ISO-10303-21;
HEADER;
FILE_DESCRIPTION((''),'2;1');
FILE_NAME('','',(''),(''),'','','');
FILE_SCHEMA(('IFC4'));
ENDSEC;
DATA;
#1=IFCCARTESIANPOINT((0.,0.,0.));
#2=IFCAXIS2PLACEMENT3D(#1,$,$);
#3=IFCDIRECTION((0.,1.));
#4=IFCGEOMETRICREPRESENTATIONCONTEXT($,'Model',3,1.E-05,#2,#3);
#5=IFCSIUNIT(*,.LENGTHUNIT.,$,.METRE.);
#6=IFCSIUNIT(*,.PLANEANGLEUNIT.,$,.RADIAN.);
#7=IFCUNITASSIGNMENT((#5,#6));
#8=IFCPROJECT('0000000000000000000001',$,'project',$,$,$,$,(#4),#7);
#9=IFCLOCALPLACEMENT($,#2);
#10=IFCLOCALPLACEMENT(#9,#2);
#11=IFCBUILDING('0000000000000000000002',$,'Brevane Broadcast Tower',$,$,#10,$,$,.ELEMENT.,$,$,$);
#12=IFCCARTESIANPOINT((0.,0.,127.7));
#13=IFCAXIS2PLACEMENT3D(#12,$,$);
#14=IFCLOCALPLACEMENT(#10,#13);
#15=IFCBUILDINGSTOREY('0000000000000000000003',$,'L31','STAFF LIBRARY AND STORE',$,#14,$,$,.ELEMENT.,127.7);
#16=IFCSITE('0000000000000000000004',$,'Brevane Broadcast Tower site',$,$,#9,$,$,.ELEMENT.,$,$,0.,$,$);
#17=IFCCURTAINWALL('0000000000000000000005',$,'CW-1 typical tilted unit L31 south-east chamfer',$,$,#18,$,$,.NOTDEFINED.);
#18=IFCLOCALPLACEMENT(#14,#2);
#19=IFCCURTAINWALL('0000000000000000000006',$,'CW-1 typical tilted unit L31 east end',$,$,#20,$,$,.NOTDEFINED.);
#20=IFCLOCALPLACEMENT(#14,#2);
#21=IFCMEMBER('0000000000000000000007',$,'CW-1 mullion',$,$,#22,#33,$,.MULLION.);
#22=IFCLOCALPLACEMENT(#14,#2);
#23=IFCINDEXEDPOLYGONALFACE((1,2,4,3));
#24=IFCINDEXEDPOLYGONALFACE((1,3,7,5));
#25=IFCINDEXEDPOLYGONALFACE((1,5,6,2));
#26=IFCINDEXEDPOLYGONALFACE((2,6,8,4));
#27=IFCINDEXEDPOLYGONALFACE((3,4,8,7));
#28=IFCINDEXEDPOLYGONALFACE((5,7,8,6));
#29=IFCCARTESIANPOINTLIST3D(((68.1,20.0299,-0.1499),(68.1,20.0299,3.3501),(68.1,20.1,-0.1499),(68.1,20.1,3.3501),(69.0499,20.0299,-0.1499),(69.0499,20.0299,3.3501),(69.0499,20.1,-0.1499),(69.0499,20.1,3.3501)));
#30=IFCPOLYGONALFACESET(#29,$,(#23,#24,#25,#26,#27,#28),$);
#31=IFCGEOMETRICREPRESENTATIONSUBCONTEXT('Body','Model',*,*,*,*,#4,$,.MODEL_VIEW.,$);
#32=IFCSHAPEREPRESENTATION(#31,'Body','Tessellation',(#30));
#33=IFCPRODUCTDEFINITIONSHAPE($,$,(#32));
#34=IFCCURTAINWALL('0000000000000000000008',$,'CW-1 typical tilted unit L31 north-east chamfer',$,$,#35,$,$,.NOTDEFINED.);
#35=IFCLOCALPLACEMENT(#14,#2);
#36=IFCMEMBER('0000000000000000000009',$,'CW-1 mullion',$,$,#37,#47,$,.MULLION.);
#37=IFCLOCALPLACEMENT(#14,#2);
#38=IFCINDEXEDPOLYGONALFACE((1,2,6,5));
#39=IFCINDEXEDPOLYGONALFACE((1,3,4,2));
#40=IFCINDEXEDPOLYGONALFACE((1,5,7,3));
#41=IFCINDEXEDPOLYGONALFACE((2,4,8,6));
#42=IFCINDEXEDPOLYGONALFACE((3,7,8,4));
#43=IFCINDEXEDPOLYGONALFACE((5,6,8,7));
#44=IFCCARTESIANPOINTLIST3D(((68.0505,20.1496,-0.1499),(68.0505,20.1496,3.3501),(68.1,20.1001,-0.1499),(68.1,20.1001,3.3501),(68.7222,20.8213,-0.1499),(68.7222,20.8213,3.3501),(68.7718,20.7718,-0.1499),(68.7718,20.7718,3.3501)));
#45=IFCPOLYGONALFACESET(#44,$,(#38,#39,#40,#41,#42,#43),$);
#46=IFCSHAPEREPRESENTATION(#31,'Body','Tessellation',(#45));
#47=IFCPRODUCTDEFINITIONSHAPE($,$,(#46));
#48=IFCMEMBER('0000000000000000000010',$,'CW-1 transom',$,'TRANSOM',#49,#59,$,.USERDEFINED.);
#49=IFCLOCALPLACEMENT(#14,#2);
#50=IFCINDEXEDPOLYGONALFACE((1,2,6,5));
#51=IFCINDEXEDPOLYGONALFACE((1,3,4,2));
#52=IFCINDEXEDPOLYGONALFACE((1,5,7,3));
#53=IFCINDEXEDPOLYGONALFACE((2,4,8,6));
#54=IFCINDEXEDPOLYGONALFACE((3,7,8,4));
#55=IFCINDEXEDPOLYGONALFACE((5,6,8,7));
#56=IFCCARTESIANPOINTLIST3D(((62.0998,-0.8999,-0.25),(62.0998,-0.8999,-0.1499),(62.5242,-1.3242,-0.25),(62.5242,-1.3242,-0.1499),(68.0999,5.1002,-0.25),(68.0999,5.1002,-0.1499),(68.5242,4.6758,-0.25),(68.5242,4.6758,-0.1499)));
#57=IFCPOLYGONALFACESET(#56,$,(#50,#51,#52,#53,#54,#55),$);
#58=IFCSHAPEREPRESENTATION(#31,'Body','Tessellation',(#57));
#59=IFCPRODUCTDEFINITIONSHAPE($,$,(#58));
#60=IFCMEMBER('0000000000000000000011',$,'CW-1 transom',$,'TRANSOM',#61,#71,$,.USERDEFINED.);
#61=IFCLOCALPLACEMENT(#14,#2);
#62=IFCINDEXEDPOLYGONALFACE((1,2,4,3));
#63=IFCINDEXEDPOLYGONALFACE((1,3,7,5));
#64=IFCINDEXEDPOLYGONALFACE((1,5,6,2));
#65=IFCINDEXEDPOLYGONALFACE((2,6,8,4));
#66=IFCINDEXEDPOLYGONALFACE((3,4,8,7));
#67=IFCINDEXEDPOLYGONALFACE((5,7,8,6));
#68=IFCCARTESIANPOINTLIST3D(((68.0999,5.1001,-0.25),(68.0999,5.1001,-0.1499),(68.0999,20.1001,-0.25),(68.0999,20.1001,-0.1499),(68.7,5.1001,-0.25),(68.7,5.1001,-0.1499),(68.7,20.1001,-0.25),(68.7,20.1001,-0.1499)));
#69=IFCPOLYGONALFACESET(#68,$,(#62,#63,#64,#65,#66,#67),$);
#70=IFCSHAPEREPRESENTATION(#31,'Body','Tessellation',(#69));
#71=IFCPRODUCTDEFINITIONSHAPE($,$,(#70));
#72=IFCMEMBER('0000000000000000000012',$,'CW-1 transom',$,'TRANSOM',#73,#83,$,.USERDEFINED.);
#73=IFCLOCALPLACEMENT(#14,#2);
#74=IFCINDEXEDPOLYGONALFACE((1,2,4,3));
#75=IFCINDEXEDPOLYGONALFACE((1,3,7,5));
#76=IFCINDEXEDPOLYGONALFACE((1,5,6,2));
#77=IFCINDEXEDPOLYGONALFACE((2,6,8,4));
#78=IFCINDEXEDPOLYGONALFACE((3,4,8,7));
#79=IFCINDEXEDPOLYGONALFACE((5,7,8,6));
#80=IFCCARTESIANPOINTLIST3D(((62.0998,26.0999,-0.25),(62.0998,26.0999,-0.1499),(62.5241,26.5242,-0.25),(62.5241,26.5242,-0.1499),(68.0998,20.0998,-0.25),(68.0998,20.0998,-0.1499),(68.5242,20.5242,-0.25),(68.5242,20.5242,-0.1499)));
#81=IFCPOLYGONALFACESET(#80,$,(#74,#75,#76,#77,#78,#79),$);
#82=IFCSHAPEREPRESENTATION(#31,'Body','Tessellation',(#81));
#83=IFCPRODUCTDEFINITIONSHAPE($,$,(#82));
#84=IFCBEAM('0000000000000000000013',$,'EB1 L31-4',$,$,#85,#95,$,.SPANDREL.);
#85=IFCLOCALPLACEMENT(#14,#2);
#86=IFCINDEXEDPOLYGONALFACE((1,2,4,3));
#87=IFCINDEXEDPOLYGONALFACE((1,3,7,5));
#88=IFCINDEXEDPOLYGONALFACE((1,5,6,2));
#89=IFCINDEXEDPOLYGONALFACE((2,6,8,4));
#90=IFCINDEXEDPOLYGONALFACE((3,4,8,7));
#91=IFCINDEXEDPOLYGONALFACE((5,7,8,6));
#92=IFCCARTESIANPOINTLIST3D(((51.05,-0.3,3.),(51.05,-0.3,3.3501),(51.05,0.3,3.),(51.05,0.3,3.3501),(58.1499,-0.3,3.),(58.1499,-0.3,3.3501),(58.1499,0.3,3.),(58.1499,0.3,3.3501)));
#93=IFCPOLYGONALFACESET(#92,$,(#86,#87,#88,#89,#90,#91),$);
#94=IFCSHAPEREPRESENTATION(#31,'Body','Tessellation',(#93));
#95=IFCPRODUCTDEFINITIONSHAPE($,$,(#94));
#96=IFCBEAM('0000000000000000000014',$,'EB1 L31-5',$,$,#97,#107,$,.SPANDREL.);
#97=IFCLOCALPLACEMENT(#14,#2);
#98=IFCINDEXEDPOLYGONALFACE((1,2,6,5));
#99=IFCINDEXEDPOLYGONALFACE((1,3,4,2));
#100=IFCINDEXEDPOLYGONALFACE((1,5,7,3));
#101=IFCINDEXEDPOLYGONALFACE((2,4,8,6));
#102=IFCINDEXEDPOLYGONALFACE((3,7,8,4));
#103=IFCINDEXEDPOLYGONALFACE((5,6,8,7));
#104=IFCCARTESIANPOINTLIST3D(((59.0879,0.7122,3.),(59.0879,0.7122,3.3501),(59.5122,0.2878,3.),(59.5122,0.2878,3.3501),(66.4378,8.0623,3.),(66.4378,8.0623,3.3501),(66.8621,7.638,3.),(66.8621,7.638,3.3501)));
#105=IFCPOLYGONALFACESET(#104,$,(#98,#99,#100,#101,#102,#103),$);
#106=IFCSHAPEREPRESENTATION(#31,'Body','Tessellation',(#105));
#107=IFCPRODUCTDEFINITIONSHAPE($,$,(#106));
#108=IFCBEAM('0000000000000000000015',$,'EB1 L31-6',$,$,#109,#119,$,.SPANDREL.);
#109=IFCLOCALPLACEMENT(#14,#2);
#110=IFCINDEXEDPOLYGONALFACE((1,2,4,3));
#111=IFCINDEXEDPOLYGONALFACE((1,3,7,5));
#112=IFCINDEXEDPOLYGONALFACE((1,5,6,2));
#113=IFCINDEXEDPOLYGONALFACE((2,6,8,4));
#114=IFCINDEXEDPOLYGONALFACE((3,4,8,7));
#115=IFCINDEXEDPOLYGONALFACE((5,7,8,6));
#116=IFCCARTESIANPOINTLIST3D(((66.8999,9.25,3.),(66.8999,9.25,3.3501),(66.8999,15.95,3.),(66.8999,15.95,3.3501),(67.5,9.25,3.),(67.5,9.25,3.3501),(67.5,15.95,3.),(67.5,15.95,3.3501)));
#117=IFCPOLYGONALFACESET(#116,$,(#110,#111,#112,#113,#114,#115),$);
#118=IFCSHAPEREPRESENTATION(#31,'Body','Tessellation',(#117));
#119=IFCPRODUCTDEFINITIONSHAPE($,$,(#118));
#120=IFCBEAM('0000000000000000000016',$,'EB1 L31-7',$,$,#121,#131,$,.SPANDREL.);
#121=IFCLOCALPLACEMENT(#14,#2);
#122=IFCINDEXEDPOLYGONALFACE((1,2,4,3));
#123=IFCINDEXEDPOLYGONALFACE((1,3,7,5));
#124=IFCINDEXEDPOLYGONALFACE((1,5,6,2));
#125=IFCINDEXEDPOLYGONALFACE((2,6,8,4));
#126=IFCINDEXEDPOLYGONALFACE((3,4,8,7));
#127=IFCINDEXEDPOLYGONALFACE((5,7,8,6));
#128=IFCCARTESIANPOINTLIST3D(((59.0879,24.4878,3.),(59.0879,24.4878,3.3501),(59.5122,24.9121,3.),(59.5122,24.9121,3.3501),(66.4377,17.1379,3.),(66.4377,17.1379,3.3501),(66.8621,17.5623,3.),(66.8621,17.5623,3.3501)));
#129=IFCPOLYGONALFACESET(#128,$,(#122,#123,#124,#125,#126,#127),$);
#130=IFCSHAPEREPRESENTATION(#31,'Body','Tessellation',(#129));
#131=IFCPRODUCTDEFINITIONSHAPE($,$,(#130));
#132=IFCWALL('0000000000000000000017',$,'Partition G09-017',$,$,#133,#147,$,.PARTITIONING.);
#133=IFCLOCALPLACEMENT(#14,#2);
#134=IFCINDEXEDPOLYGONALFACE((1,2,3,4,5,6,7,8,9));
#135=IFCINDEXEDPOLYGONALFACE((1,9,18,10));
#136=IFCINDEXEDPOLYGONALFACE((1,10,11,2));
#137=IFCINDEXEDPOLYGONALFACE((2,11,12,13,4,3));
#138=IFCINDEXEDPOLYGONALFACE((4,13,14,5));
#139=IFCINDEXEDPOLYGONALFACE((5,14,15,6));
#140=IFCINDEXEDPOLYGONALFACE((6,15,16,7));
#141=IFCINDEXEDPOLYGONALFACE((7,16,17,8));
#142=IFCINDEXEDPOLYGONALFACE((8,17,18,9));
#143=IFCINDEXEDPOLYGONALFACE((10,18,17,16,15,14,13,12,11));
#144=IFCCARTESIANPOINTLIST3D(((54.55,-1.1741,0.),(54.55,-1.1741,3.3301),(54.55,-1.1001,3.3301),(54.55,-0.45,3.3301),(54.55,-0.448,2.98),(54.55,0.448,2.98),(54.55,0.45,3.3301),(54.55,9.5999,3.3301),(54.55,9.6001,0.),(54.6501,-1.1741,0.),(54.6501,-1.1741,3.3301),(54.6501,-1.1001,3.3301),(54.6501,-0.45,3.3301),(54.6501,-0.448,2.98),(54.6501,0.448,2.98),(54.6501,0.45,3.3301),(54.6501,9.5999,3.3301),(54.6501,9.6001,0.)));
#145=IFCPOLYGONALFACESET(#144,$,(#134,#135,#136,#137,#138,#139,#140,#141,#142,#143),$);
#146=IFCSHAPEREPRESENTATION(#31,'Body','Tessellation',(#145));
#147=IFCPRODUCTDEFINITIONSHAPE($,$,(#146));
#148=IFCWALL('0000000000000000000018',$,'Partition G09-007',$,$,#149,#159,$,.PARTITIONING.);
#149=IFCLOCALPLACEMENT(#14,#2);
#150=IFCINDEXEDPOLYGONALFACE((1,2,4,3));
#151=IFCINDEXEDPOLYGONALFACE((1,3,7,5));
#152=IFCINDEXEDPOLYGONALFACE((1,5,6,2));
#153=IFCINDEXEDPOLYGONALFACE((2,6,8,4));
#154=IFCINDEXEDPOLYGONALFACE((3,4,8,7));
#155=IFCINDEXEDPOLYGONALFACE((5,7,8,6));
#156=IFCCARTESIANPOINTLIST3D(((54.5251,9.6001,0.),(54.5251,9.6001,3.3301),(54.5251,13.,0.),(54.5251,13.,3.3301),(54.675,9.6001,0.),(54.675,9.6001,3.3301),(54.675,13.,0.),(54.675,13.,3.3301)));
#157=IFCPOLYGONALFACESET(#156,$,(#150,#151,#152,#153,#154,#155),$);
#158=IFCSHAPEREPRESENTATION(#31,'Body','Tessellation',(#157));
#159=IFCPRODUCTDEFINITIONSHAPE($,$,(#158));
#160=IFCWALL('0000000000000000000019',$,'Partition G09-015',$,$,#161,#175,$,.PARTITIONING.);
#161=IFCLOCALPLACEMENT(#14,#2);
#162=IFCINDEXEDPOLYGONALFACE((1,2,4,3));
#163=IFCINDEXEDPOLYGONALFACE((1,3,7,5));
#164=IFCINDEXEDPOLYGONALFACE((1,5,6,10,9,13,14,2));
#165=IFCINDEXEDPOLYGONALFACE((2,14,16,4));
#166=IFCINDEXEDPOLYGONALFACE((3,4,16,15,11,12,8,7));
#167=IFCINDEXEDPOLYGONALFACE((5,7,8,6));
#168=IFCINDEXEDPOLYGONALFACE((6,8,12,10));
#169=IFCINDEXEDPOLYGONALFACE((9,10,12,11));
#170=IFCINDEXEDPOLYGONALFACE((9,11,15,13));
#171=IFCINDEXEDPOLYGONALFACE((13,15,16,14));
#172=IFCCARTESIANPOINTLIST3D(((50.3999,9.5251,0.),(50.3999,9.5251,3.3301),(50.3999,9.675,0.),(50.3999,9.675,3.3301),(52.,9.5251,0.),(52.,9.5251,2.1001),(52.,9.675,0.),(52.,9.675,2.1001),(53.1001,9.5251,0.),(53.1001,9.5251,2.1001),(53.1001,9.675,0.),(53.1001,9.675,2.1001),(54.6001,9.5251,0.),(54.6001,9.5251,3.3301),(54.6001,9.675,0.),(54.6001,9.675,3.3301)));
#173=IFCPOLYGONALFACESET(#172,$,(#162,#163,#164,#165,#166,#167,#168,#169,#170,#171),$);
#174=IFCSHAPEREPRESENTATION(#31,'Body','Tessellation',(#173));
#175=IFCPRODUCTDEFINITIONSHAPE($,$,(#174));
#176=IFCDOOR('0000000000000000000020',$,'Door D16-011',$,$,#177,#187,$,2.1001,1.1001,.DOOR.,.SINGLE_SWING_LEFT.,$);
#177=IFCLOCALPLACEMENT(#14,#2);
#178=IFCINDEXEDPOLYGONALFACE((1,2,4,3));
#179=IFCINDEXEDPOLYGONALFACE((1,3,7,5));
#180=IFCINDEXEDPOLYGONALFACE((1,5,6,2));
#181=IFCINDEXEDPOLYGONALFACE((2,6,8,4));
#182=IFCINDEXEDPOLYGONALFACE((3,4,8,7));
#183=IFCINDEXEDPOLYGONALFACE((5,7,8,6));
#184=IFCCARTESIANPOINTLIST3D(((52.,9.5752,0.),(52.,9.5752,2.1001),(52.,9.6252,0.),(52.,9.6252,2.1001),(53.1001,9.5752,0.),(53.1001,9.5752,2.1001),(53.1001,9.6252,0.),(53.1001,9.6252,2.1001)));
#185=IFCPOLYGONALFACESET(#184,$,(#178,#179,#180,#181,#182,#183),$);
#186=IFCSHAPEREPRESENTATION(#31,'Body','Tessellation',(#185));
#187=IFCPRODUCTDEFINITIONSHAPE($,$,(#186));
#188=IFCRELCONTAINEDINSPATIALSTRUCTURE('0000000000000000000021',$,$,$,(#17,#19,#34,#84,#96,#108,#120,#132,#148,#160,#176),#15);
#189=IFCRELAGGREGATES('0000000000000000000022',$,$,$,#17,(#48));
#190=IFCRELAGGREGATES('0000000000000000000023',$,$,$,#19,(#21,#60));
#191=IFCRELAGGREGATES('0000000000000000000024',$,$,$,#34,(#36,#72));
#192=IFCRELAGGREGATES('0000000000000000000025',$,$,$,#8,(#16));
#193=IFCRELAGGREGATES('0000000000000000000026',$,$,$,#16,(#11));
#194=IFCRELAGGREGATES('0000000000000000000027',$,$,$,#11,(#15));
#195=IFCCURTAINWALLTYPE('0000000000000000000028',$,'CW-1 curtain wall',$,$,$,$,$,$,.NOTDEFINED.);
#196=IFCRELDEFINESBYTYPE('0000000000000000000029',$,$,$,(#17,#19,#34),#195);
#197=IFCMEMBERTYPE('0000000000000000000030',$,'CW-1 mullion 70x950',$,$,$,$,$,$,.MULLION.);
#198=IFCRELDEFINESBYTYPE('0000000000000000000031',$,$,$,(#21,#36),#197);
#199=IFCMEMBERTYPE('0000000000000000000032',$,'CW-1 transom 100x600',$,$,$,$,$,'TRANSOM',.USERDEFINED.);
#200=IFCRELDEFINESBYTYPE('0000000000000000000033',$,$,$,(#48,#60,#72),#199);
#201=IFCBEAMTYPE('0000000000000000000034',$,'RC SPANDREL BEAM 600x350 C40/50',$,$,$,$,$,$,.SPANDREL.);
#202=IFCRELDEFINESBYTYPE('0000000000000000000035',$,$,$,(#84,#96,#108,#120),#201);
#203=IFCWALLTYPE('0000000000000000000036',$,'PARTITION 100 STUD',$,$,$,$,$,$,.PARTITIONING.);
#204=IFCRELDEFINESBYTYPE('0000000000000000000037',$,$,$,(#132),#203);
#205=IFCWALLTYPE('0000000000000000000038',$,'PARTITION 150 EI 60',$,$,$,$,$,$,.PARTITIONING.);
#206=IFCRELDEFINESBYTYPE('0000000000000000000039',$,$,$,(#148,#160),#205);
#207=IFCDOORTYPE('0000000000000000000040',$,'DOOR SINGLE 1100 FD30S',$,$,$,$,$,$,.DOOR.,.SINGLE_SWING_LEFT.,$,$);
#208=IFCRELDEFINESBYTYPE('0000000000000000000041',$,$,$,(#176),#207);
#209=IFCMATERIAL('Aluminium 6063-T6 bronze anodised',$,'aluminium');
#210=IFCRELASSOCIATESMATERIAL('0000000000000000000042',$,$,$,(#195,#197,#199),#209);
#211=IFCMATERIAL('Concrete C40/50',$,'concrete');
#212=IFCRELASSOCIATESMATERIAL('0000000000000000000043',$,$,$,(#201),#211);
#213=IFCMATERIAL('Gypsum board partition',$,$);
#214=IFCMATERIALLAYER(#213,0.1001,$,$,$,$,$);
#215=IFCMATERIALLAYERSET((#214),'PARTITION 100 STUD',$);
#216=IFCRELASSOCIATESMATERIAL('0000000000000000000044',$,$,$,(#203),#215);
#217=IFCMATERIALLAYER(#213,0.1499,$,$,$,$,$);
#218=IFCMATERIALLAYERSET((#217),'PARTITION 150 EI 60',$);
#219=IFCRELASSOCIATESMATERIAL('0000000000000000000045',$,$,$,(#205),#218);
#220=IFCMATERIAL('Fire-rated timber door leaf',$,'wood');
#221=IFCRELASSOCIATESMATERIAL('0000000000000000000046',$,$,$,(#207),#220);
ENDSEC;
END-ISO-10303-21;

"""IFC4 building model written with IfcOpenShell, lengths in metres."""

from ifc_helpers import new_model, si_unit, direction, frame, frame_2d, origin, origin_2d, place, context, subcontext, project, spatial, polyline, rectangle, outline, extrude, material, layer, layer_set, material_profile, profile_set, type_object, element, fill, aggregate, save


model = new_model("IFC4")

# Units and contexts
model_context = context("Model", 3, precision=1e-05, world=origin(), true_north=direction((0.0, 1.0)))
body_context = subcontext(model_context, "Body", "Model", "MODEL_VIEW")
ifc_project = project(units=[si_unit("LENGTHUNIT", "METRE"), si_unit("PLANEANGLEUNIT", "RADIAN")], contexts=[model_context])

# Site, building, storey
site_placement = place(None, origin())
site = spatial("IfcSite", under=ifc_project, at=site_placement, Name="Brevane Broadcast Tower site", CompositionType="ELEMENT", RefElevation=0.0)
building_placement = place(site_placement, origin())
building = spatial("IfcBuilding", under=site, at=building_placement, Name="Brevane Broadcast Tower", CompositionType="ELEMENT")
storey_placement = place(building_placement, frame((0.0, 0.0, 127.7)))
storey = spatial("IfcBuildingStorey", under=building, at=storey_placement, Name="L31", Description="STAFF LIBRARY AND STORE", CompositionType="ELEMENT", Elevation=127.7)

# Curtain walls, member
ifc_material_1 = material(Name="Aluminium 6063-T6 bronze anodised", Category="aluminium")
curtain_wall_type = type_object("IfcCurtainWallType", Name="CW-1 curtain wall", PredefinedType="NOTDEFINED", material=ifc_material_1)
ifc_material_profile_1 = material_profile(ifc_material_1, rectangle(XDim=0.95, YDim=0.0701, at=origin_2d()), Name="RECT 70x950")
ifc_profile_set_1 = profile_set([ifc_material_profile_1], Name="Aluminium 6063-T6 bronze anodised")
member_type_1 = type_object("IfcMemberType", Name="CW-1 mullion 70x950", PredefinedType="MULLION", material=ifc_profile_set_1)
curtain_wall_1_placement = place(storey_placement, origin())
curtain_wall_1 = element("IfcCurtainWall", 1, at=curtain_wall_1_placement, inside=storey, type_object=curtain_wall_type, Name="CW-1 typical tilted unit L31 south-east chamfer", PredefinedType="NOTDEFINED")
curtain_wall_2_placement = place(storey_placement, origin())
curtain_wall_2 = element("IfcCurtainWall", 2, at=curtain_wall_2_placement, inside=storey, type_object=curtain_wall_type, Name="CW-1 typical tilted unit L31 east end", PredefinedType="NOTDEFINED")
member_1_placement = place(storey_placement, frame((68.575, 20.0649, -0.1499), z_axis=(0.0, 0.0, 1.0), x_axis=(-1.0, 0.0, 0.0)))
member_1 = element("IfcMember", 3, at=member_1_placement, type_object=member_type_1, Name="CW-1 mullion", PredefinedType="MULLION", context=body_context, shape_type="SweptSolid", body=[
    extrude(rectangle(XDim=0.95, YDim=0.0701, at=origin_2d()), origin(), (0.0, 0.0, 1.0), 3.5),
])

# Curtain wall, member
curtain_wall_3_placement = place(storey_placement, origin())
curtain_wall_3 = element("IfcCurtainWall", 4, at=curtain_wall_3_placement, inside=storey, type_object=curtain_wall_type, Name="CW-1 typical tilted unit L31 north-east chamfer", PredefinedType="NOTDEFINED")
member_2_placement = place(storey_placement, frame((68.4111, 20.4607, -0.1499), z_axis=(0.0, 0.0, 1.0), x_axis=(-0.707107, -0.707107, 0.0)))
member_2 = element("IfcMember", 5, at=member_2_placement, type_object=member_type_1, Name="CW-1 mullion", PredefinedType="MULLION", context=body_context, shape_type="SweptSolid", body=[
    extrude(rectangle(XDim=0.95, YDim=0.0701, at=origin_2d()), origin(), (0.0, 0.0, 1.0), 3.5),
])

# Members
ifc_material_profile_2 = material_profile(ifc_material_1, rectangle(XDim=0.6001, YDim=0.1001, at=origin_2d()), Name="RECT 100x600")
ifc_profile_set_2 = profile_set([ifc_material_profile_2], Name="Aluminium 6063-T6 bronze anodised")
member_type_2 = type_object("IfcMemberType", Name="CW-1 transom 100x600", ElementType="TRANSOM", PredefinedType="USERDEFINED", material=ifc_profile_set_2)
member_3_placement = place(storey_placement, frame((62.312, -1.1121, -0.2), z_axis=(0.707107, 0.707107, 0.0), x_axis=(-0.707107, 0.707107, 0.0)))
member_3 = element("IfcMember", 6, at=member_3_placement, type_object=member_type_2, Name="CW-1 transom", ObjectType="TRANSOM", PredefinedType="USERDEFINED", context=body_context, shape_type="SweptSolid", body=[
    extrude(rectangle(XDim=0.6001, YDim=0.1001, at=origin_2d()), origin(), (0.0, 0.0, 1.0), 8.4854),
])
aggregate(curtain_wall_1, [member_3])
member_4_placement = place(storey_placement, frame((68.3999, 5.1001, -0.2), z_axis=(0.0, 1.0, 0.0), x_axis=(-1.0, 0.0, 0.0)))
member_4 = element("IfcMember", 7, at=member_4_placement, type_object=member_type_2, Name="CW-1 transom", ObjectType="TRANSOM", PredefinedType="USERDEFINED", context=body_context, shape_type="SweptSolid", body=[
    extrude(rectangle(XDim=0.6001, YDim=0.1001, at=origin_2d()), origin(), (0.0, 0.0, 1.0), 15.0),
])
aggregate(curtain_wall_2, [member_1, member_4])
member_5_placement = place(storey_placement, frame((68.312, 20.312, -0.2), z_axis=(-0.707107, 0.707107, 0.0), x_axis=(-0.707107, -0.707107, 0.0)))
member_5 = element("IfcMember", 8, at=member_5_placement, type_object=member_type_2, Name="CW-1 transom", ObjectType="TRANSOM", PredefinedType="USERDEFINED", context=body_context, shape_type="SweptSolid", body=[
    extrude(rectangle(XDim=0.6001, YDim=0.1001, at=origin_2d()), origin(), (0.0, 0.0, 1.0), 8.4854),
])
aggregate(curtain_wall_3, [member_2, member_5])

# Beams
ifc_material_2 = material(Name="Concrete C40/50", Category="concrete")
ifc_material_profile_3 = material_profile(ifc_material_2, rectangle(XDim=0.6001, YDim=0.3501, at=origin_2d()), Name="RC 600x350")
ifc_profile_set_3 = profile_set([ifc_material_profile_3], Name="Concrete C40/50")
beam_type = type_object("IfcBeamType", Name="RC SPANDREL BEAM 600x350 C40/50", PredefinedType="SPANDREL", material=ifc_profile_set_3)
beam_1_placement = place(storey_placement, frame((51.05, 0.0, 3.175), z_axis=(1.0, 0.0, 0.0), x_axis=(0.0, 1.0, 0.0)))
element("IfcBeam", 9, at=beam_1_placement, inside=storey, type_object=beam_type, Name="EB1 L31-4", PredefinedType="SPANDREL", context=body_context, shape_type="SweptSolid", body=[
    extrude(rectangle(XDim=0.6001, YDim=0.3501, at=origin_2d()), origin(), (0.0, 0.0, 1.0), 7.0999),
])
beam_2_placement = place(storey_placement, frame((59.3, 0.5, 3.175), z_axis=(0.707095, 0.707119, 0.0), x_axis=(-0.707119, 0.707095, 0.0)))
element("IfcBeam", 10, at=beam_2_placement, inside=storey, type_object=beam_type, Name="EB1 L31-5", PredefinedType="SPANDREL", context=body_context, shape_type="SweptSolid", body=[
    extrude(rectangle(XDim=0.6001, YDim=0.3501, at=origin_2d()), origin(), (0.0, 0.0, 1.0), 10.3945),
])
beam_3_placement = place(storey_placement, frame((67.2, 9.25, 3.175), z_axis=(0.0, 1.0, 0.0), x_axis=(-1.0, 0.0, 0.0)))
element("IfcBeam", 11, at=beam_3_placement, inside=storey, type_object=beam_type, Name="EB1 L31-6", PredefinedType="SPANDREL", context=body_context, shape_type="SweptSolid", body=[
    extrude(rectangle(XDim=0.6001, YDim=0.3501, at=origin_2d()), origin(), (0.0, 0.0, 1.0), 6.7),
])
beam_4_placement = place(storey_placement, frame((66.6499, 17.3501, 3.175), z_axis=(-0.707107, 0.707107, 0.0), x_axis=(-0.707107, -0.707107, 0.0)))
element("IfcBeam", 12, at=beam_4_placement, inside=storey, type_object=beam_type, Name="EB1 L31-7", PredefinedType="SPANDREL", context=body_context, shape_type="SweptSolid", body=[
    extrude(rectangle(XDim=0.6001, YDim=0.3501, at=origin_2d()), origin(), (0.0, 0.0, 1.0), 10.3943),
])

# Walls
ifc_material_3 = material(Name="Gypsum board partition")
ifc_layer_1 = layer(ifc_material_3, 0.1001)
ifc_layer_set_1 = layer_set([ifc_layer_1], Name="PARTITION 100 STUD")
wall_type_1 = type_object("IfcWallType", Name="PARTITION 100 STUD", PredefinedType="PARTITIONING", material=ifc_layer_set_1)
wall_1_placement = place(storey_placement, frame((54.6001, -1.1741, 0.0), z_axis=(0.0, 0.0, 1.0), x_axis=(0.0, 1.0, 0.0)))
element("IfcWall", 13, at=wall_1_placement, inside=storey, type_object=wall_type_1, Name="Partition G09-017", PredefinedType="PARTITIONING", context=body_context, shape_type="SweptSolid", body=[
    extrude(outline(polyline([(0.0, 0.0), (10.7742, 0.0), (10.7739, 3.3301), (1.624, 3.3301), (1.6221, 2.98), (0.7261, 2.98), (0.7241, 3.3301), (0.074, 3.3301), (0.0, 3.3301), (0.0, 0.0)])), frame((0.0, 0.05, 0.0), z_axis=(0.0, -1.0, 0.0), x_axis=(1.0, 0.0, 0.0)), (0.0, 0.0, 1.0), 0.1001),
])
ifc_layer_2 = layer(ifc_material_3, 0.1499)
ifc_layer_set_2 = layer_set([ifc_layer_2], Name="PARTITION 150 EI 60")
wall_type_2 = type_object("IfcWallType", Name="PARTITION 150 EI 60", PredefinedType="PARTITIONING", material=ifc_layer_set_2)
wall_2_placement = place(storey_placement, frame((54.6001, 13.0, 0.0), z_axis=(0.0, 0.0, 1.0), x_axis=(0.0, -1.0, 0.0)))
element("IfcWall", 14, at=wall_2_placement, inside=storey, type_object=wall_type_2, Name="Partition G09-007", PredefinedType="PARTITIONING", context=body_context, shape_type="SweptSolid", body=[
    extrude(rectangle(XDim=3.3999, YDim=0.1499, at=frame_2d((1.7, 0.0))), origin(), (0.0, 0.0, 1.0), 3.3301),
])

# Wall, opening, door
wall_3_placement = place(storey_placement, frame((54.6001, 9.6001, 0.0), z_axis=(0.0, 0.0, 1.0), x_axis=(-1.0, 0.0, 0.0)))
wall_3 = element("IfcWall", 15, at=wall_3_placement, inside=storey, type_object=wall_type_2, Name="Partition G09-015", PredefinedType="PARTITIONING", context=body_context, shape_type="SweptSolid", body=[
    extrude(rectangle(XDim=4.2002, YDim=0.1499, at=frame_2d((2.1001, 0.0))), origin(), (0.0, 0.0, 1.0), 3.3301),
])
opening_1_placement = place(wall_3_placement, frame((1.5, 0.0, 0.0)))
opening_1 = element("IfcOpeningElement", 16, at=opening_1_placement, cuts=wall_3, PredefinedType="OPENING", context=body_context, shape_type="SweptSolid", body=[
    extrude(rectangle(XDim=1.1001, YDim=2.1001, at=frame_2d((0.55, 1.05))), frame((0.0, 0.085, 0.0), z_axis=(0.0, -1.0, 0.0), x_axis=(1.0, 0.0, 0.0)), (0.0, 0.0, 1.0), 0.1699),
])
ifc_material_4 = material(Name="Fire-rated timber door leaf", Category="wood")
door_type_1 = type_object("IfcDoorType", Name="DOOR SINGLE 1100 FD30S", OperationType="SINGLE_SWING_LEFT", PredefinedType="DOOR", material=ifc_material_4)
door_1_placement = place(opening_1_placement, origin())
door_1 = element("IfcDoor", 17, at=door_1_placement, inside=storey, type_object=door_type_1, Name="Door D16-011", OperationType="SINGLE_SWING_LEFT", OverallHeight=2.1001, OverallWidth=1.1001, PredefinedType="DOOR", context=body_context, shape_type="SweptSolid", body=[
    extrude(rectangle(XDim=1.1001, YDim=2.1001, at=frame_2d((0.55, 1.05))), frame((0.0, 0.0249, 0.0), z_axis=(0.0, -1.0, 0.0), x_axis=(1.0, 0.0, 0.0)), (0.0, 0.0, 1.0), 0.05),
])
fill(opening_1, door_1)

save(model, "model.ifc")
